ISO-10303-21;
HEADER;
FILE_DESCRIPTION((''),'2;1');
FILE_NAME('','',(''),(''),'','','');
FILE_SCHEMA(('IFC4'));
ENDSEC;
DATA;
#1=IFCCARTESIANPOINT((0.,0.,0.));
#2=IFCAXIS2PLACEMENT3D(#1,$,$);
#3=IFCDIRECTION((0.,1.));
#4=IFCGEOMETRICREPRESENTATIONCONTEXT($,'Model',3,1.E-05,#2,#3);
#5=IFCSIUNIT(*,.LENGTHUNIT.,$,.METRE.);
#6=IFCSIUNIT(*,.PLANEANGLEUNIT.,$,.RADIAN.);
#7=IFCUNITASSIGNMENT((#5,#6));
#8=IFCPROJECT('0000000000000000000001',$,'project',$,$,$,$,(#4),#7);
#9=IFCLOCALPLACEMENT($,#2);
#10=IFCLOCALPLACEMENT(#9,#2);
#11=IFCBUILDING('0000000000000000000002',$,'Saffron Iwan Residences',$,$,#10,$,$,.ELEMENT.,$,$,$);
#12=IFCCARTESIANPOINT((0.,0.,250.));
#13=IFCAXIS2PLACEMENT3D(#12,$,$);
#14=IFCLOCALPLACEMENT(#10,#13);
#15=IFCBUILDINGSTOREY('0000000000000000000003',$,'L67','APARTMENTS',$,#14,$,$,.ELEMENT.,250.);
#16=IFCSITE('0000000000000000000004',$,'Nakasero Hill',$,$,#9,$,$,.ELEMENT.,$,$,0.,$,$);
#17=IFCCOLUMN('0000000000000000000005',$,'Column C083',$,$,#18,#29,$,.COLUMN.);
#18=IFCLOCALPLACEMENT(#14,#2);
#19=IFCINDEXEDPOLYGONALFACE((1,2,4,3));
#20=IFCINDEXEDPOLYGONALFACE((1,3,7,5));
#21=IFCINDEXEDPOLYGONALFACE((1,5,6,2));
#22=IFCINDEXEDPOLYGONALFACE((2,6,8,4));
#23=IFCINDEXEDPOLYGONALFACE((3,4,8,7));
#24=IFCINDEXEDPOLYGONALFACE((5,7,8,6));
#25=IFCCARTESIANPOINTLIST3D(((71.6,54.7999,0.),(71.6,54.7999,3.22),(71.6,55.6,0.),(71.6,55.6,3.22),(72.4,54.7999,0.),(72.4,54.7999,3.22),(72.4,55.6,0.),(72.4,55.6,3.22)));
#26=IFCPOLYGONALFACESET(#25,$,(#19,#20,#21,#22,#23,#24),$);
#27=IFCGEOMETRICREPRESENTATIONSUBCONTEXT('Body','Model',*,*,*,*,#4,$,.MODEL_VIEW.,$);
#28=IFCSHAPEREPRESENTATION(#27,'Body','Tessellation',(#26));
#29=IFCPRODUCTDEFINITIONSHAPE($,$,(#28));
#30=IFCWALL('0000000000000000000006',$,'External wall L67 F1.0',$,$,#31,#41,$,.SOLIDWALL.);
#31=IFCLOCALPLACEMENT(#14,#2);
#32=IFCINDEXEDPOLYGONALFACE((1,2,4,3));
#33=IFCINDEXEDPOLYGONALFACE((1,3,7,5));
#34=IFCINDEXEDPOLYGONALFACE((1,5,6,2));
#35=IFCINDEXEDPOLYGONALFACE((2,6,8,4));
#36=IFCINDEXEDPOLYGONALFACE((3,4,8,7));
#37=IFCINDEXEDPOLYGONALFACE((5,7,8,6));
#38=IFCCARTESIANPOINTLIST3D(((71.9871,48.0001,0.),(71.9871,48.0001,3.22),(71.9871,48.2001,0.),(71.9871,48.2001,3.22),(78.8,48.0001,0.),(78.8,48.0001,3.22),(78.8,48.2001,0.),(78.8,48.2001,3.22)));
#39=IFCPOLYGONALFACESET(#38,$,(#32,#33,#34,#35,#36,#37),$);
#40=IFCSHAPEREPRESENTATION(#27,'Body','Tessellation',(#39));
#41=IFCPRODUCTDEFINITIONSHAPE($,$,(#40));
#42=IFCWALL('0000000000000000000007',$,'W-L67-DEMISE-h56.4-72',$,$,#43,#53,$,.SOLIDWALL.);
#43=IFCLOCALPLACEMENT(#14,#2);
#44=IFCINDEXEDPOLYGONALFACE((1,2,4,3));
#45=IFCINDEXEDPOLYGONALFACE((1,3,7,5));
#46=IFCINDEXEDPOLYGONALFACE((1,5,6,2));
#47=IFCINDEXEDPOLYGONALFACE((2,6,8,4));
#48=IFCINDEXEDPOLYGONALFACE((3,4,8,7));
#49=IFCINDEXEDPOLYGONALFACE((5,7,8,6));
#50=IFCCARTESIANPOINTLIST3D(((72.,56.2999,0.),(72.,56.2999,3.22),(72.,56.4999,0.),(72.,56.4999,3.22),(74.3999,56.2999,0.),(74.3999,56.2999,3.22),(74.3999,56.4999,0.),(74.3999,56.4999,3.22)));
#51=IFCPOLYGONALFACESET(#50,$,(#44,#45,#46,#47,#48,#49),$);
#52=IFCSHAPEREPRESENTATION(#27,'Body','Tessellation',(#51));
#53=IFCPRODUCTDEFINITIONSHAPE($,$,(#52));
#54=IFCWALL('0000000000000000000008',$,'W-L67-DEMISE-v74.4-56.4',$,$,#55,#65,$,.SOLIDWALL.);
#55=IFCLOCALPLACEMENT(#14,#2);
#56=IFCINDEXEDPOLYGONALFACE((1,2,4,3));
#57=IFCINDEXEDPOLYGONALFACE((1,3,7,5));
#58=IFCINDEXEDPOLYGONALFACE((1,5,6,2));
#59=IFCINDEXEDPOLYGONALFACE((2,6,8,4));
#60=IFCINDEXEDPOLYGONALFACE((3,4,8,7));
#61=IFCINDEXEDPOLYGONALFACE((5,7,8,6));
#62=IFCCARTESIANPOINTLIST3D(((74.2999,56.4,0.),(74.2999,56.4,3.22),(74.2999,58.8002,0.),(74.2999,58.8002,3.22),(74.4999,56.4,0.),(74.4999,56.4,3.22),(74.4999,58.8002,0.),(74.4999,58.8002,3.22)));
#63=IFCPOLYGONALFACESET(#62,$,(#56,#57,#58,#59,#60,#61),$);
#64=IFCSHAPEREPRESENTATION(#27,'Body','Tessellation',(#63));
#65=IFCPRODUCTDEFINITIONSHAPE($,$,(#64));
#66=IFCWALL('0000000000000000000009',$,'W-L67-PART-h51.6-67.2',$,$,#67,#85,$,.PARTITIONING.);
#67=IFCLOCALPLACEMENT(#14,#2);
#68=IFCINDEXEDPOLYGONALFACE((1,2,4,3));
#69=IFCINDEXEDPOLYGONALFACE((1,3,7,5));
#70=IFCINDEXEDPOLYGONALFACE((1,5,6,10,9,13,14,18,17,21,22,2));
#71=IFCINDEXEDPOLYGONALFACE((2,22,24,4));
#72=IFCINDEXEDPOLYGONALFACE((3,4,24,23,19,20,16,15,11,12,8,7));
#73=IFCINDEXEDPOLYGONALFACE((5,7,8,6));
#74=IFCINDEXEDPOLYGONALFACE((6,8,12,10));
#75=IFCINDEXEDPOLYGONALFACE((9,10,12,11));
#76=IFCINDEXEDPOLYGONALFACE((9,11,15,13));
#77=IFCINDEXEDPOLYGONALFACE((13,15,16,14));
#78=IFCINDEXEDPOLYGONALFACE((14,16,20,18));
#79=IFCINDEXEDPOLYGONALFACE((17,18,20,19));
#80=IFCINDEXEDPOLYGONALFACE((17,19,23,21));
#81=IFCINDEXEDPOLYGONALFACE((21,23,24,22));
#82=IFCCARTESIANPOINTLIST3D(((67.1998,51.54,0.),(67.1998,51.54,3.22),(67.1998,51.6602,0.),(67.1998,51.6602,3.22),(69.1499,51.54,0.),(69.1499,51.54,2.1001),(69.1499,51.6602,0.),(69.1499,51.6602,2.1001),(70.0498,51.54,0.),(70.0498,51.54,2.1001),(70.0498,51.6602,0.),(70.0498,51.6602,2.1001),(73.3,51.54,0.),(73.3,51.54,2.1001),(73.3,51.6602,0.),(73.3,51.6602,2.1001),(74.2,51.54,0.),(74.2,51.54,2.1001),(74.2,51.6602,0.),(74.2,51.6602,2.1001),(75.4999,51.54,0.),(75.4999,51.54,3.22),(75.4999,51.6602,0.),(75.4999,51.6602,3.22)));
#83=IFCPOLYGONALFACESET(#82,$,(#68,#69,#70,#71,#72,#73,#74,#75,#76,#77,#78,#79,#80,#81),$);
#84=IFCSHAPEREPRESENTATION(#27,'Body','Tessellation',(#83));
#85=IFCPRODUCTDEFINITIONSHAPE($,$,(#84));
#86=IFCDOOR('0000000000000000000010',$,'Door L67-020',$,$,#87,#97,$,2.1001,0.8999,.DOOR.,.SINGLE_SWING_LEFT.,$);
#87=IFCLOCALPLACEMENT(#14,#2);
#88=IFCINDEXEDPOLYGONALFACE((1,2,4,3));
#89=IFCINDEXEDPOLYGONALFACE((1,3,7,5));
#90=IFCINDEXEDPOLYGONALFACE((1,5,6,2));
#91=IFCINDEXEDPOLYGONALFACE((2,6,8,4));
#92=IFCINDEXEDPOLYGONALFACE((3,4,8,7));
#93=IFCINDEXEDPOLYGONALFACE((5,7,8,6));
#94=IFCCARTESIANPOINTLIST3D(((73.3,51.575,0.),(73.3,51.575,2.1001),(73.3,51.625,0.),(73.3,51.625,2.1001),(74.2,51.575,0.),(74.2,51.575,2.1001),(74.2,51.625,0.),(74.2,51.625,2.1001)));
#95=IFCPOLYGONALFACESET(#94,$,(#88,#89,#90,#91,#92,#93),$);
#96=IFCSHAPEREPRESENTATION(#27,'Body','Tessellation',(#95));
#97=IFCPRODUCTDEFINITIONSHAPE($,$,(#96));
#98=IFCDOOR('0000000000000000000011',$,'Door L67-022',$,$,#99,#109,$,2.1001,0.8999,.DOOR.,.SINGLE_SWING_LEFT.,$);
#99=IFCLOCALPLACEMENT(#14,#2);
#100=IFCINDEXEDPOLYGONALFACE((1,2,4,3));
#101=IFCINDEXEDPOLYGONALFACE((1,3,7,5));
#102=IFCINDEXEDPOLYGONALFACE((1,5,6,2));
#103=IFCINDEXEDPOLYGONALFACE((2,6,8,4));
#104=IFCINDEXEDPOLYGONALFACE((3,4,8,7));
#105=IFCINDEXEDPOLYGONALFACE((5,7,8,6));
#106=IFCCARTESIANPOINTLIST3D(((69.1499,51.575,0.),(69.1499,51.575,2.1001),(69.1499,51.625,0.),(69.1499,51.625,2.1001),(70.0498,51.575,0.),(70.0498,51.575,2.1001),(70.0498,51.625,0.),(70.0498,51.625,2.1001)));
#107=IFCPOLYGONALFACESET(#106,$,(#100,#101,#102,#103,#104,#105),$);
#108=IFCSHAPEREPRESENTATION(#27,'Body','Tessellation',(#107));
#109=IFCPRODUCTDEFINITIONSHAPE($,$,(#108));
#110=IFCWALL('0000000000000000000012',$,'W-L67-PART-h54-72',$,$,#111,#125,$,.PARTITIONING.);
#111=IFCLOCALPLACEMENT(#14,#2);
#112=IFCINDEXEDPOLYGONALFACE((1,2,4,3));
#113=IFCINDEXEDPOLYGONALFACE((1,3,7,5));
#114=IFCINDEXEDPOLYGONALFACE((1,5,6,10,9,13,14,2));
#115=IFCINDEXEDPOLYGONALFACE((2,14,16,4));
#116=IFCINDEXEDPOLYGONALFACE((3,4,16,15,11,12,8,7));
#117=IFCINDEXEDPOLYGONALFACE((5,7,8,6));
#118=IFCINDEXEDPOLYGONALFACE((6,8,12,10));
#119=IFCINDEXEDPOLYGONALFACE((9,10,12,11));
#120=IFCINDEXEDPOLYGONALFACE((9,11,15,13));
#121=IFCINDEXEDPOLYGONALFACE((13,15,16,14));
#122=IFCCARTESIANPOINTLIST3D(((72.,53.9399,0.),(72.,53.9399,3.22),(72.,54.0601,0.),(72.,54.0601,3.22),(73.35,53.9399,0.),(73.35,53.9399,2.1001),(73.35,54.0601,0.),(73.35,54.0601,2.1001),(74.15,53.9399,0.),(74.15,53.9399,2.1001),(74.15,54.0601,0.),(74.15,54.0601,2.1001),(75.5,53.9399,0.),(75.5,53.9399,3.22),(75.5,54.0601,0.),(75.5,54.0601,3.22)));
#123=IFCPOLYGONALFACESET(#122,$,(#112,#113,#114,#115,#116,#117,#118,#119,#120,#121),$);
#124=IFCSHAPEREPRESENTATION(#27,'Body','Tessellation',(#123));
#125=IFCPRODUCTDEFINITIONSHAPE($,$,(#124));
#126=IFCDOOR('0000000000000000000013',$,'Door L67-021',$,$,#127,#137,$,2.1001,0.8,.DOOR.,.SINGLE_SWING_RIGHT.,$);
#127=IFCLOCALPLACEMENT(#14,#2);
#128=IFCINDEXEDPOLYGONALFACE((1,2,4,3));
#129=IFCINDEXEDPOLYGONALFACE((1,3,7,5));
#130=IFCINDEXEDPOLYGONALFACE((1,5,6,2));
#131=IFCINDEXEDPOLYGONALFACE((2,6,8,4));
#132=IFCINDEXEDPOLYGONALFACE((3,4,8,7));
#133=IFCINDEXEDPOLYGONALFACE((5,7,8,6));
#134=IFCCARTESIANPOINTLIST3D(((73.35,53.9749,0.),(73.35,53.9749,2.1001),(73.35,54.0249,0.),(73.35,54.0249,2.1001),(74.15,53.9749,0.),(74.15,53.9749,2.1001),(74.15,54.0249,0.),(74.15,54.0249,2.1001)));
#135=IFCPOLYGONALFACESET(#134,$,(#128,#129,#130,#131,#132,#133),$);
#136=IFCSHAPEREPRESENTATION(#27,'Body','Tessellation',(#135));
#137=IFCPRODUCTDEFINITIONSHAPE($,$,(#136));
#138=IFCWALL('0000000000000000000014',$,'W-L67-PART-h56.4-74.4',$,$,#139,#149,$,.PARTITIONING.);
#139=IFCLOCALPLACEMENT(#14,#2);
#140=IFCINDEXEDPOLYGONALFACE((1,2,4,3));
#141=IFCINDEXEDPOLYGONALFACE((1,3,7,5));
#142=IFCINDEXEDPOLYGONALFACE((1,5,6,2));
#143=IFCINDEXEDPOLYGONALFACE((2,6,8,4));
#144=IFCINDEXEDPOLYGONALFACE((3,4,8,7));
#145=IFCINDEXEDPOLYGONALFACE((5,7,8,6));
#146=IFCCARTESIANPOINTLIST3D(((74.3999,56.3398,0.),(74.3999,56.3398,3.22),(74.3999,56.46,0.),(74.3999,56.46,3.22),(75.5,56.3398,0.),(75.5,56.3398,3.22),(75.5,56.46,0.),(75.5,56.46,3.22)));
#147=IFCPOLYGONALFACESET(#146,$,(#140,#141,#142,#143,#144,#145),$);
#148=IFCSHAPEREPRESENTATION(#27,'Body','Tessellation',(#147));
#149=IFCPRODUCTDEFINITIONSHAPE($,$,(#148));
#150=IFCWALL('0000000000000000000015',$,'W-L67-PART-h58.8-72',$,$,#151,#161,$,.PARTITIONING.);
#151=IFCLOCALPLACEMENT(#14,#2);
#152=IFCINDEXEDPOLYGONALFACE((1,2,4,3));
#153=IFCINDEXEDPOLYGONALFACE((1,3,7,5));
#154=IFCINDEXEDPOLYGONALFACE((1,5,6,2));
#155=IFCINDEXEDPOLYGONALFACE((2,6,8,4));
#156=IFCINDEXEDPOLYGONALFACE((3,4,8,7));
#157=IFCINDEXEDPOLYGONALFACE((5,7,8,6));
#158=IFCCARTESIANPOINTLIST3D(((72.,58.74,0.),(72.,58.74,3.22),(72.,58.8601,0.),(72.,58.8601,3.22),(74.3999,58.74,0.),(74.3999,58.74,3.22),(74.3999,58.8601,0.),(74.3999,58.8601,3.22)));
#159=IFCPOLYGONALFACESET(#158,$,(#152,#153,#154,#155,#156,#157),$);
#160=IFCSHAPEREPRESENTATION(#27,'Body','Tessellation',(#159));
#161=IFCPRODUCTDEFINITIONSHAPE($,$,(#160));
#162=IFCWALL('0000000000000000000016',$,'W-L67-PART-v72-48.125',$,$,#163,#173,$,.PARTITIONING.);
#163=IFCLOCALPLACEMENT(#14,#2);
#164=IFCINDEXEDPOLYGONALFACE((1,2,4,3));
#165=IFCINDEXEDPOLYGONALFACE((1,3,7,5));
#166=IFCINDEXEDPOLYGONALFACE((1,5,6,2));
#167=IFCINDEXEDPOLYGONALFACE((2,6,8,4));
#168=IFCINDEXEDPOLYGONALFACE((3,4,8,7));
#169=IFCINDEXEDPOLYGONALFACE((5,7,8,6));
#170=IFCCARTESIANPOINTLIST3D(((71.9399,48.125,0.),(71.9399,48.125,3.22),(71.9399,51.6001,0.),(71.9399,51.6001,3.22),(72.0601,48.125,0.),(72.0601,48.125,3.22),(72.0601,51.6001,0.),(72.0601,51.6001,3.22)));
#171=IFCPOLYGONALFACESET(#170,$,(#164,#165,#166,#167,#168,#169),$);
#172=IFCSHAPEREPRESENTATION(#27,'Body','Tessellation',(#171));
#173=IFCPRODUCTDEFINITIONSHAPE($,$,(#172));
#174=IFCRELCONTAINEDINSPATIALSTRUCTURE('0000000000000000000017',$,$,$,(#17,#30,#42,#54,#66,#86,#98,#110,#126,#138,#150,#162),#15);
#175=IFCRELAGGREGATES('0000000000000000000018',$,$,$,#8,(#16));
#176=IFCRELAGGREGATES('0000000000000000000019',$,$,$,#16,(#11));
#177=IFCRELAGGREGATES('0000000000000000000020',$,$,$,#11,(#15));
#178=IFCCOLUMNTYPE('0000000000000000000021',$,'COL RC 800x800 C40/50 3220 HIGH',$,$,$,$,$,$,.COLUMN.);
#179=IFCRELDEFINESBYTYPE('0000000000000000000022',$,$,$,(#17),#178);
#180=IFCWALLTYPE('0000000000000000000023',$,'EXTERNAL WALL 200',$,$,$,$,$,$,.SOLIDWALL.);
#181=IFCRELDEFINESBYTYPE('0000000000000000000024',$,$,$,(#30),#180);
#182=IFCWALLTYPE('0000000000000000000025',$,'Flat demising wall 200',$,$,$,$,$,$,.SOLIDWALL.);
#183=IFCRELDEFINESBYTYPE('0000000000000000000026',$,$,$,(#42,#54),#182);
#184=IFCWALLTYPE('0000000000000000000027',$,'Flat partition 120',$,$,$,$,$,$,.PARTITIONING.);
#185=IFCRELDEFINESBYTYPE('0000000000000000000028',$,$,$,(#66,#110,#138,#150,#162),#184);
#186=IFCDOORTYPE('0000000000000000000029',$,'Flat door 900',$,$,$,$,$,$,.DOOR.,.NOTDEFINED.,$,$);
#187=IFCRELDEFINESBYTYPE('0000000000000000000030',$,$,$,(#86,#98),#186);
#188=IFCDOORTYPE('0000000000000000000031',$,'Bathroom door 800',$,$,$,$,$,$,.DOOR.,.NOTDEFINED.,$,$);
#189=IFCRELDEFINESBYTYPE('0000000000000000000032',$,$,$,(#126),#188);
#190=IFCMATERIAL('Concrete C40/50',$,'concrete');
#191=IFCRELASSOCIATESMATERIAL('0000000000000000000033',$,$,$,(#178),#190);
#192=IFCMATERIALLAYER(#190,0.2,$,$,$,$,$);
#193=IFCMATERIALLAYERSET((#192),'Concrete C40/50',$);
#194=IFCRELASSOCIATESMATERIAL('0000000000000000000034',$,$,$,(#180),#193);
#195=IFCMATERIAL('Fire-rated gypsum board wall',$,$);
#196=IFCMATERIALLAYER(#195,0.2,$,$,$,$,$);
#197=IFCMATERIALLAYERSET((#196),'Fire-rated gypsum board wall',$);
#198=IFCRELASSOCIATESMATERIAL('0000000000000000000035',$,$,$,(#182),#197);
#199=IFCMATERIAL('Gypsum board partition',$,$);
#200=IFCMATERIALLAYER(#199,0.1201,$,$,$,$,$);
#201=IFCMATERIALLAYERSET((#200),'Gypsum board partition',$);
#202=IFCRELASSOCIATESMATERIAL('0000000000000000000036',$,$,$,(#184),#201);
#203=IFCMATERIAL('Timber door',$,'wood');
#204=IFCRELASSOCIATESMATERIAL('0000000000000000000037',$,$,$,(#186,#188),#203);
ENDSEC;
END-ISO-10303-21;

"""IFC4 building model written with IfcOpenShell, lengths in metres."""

from ifc_helpers import new_model, si_unit, direction, frame, frame_2d, origin, origin_2d, place, context, subcontext, project, spatial, rectangle, extrude, source, transform, mapped, material, layer, layer_set, material_profile, profile_set, type_object, element, fill, save


model = new_model("IFC4")

# Units and contexts
model_context = context("Model", 3, precision=1e-05, world=origin(), true_north=direction((0.0, 1.0)))
body_context = subcontext(model_context, "Body", "Model", "MODEL_VIEW")
ifc_project = project(units=[si_unit("LENGTHUNIT", "METRE"), si_unit("PLANEANGLEUNIT", "RADIAN")], contexts=[model_context])

# Site, building, storey
site_placement = place(None, origin())
site = spatial("IfcSite", under=ifc_project, at=site_placement, Name="Nakasero Hill", CompositionType="ELEMENT", RefElevation=0.0)
building_placement = place(site_placement, origin())
building = spatial("IfcBuilding", under=site, at=building_placement, Name="Saffron Iwan Residences", CompositionType="ELEMENT")
storey_placement = place(building_placement, frame((0.0, 0.0, 250.0)))
storey = spatial("IfcBuildingStorey", under=building, at=storey_placement, Name="L67", Description="APARTMENTS", CompositionType="ELEMENT", Elevation=250.0)

# Column
ifc_material_1 = material(Name="Concrete C40/50", Category="concrete")
ifc_material_profile = material_profile(ifc_material_1, rectangle(XDim=0.8, YDim=0.8, at=origin_2d()), Name="RC 800x800")
ifc_profile_set = profile_set([ifc_material_profile], Name="Concrete C40/50")
column_type = type_object("IfcColumnType", Name="COL RC 800x800 C40/50 3220 HIGH", PredefinedType="COLUMN", material=ifc_profile_set)
shared_shape = source(origin(), body_context, "Body", "SweptSolid", [
    extrude(rectangle(XDim=0.8, YDim=0.8, at=origin_2d()), origin(), (0.0, 0.0, 1.0), 3.22),
])
column_placement = place(storey_placement, frame((72.0, 55.2, 0.0), z_axis=(0.0, 0.0, 1.0), x_axis=(1.0, 0.0, 0.0)))
element("IfcColumn", 1, at=column_placement, inside=storey, type_object=column_type, Name="Column C083", PredefinedType="COLUMN", context=body_context, shape_type="MappedRepresentation", body=[
    mapped(shared_shape, transform((0.0, 0.0, 0.0))),
])

# Walls
ifc_layer_1 = layer(ifc_material_1, 0.2)
ifc_layer_set_1 = layer_set([ifc_layer_1], Name="Concrete C40/50")
wall_type_1 = type_object("IfcWallType", Name="EXTERNAL WALL 200", PredefinedType="SOLIDWALL", material=ifc_layer_set_1)
wall_1_placement = place(storey_placement, frame((71.9871, 48.1001, 0.0), z_axis=(0.0, 0.0, 1.0), x_axis=(1.0, 0.0, 0.0)))
element("IfcWall", 2, at=wall_1_placement, inside=storey, type_object=wall_type_1, Name="External wall L67 F1.0", PredefinedType="SOLIDWALL", context=body_context, shape_type="SweptSolid", body=[
    extrude(rectangle(XDim=6.813, YDim=0.2, at=frame_2d((3.4065, 0.0))), origin(), (0.0, 0.0, 1.0), 3.22),
])
ifc_material_2 = material(Name="Fire-rated gypsum board wall")
ifc_layer_2 = layer(ifc_material_2, 0.2)
ifc_layer_set_2 = layer_set([ifc_layer_2], Name="Fire-rated gypsum board wall")
wall_type_2 = type_object("IfcWallType", Name="Flat demising wall 200", PredefinedType="SOLIDWALL", material=ifc_layer_set_2)
wall_2_placement = place(storey_placement, frame((72.0, 56.3999, 0.0), z_axis=(0.0, 0.0, 1.0), x_axis=(1.0, 0.0, 0.0)))
element("IfcWall", 3, at=wall_2_placement, inside=storey, type_object=wall_type_2, Name="W-L67-DEMISE-h56.4-72", PredefinedType="SOLIDWALL", context=body_context, shape_type="SweptSolid", body=[
    extrude(rectangle(XDim=2.3999, YDim=0.2, at=frame_2d((1.2, 0.0))), origin(), (0.0, 0.0, 1.0), 3.22),
])
wall_3_placement = place(storey_placement, frame((74.3999, 56.3999, 0.0), z_axis=(0.0, 0.0, 1.0), x_axis=(0.0, 1.0, 0.0)))
element("IfcWall", 4, at=wall_3_placement, inside=storey, type_object=wall_type_2, Name="W-L67-DEMISE-v74.4-56.4", PredefinedType="SOLIDWALL", context=body_context, shape_type="SweptSolid", body=[
    extrude(rectangle(XDim=2.4001, YDim=0.2, at=frame_2d((1.2002, 0.0))), origin(), (0.0, 0.0, 1.0), 3.22),
])

# Wall, openings, doors
ifc_material_3 = material(Name="Gypsum board partition")
ifc_layer_3 = layer(ifc_material_3, 0.1201)
ifc_layer_set_3 = layer_set([ifc_layer_3], Name="Gypsum board partition")
wall_type_3 = type_object("IfcWallType", Name="Flat partition 120", PredefinedType="PARTITIONING", material=ifc_layer_set_3)
wall_4_placement = place(storey_placement, frame((67.2, 51.6001, 0.0), z_axis=(0.0, 0.0, 1.0), x_axis=(1.0, 0.0, 0.0)))
wall_4 = element("IfcWall", 5, at=wall_4_placement, inside=storey, type_object=wall_type_3, Name="W-L67-PART-h51.6-67.2", PredefinedType="PARTITIONING", context=body_context, shape_type="SweptSolid", body=[
    extrude(rectangle(XDim=8.3, YDim=0.1201, at=frame_2d((4.1499, 0.0))), origin(), (0.0, 0.0, 1.0), 3.22),
])
opening_1_placement = place(wall_4_placement, frame((6.1001, 0.0, 0.0)))
opening_1 = element("IfcOpeningElement", 6, at=opening_1_placement, cuts=wall_4, PredefinedType="OPENING", context=body_context, shape_type="SweptSolid", body=[
    extrude(rectangle(XDim=0.8999, YDim=2.1001, at=frame_2d((0.45, 1.05))), frame((0.0, 0.0701, 0.0), z_axis=(0.0, -1.0, 0.0), x_axis=(1.0, 0.0, 0.0)), (0.0, 0.0, 1.0), 0.1401),
])
opening_2_placement = place(wall_4_placement, frame((1.95, 0.0, 0.0)))
opening_2 = element("IfcOpeningElement", 7, at=opening_2_placement, cuts=wall_4, PredefinedType="OPENING", context=body_context, shape_type="SweptSolid", body=[
    extrude(rectangle(XDim=0.8999, YDim=2.1001, at=frame_2d((0.45, 1.05))), frame((0.0, 0.0701, 0.0), z_axis=(0.0, -1.0, 0.0), x_axis=(1.0, 0.0, 0.0)), (0.0, 0.0, 1.0), 0.1401),
])
ifc_material_4 = material(Name="Timber door", Category="wood")
door_type_1 = type_object("IfcDoorType", Name="Flat door 900", OperationType="NOTDEFINED", PredefinedType="DOOR", material=ifc_material_4)
door_1_placement = place(opening_1_placement, origin())
door_1 = element("IfcDoor", 8, at=door_1_placement, inside=storey, type_object=door_type_1, Name="Door L67-020", OperationType="SINGLE_SWING_LEFT", OverallHeight=2.1001, OverallWidth=0.8999, PredefinedType="DOOR", context=body_context, shape_type="SweptSolid", body=[
    extrude(rectangle(XDim=0.8999, YDim=2.1001, at=frame_2d((0.45, 1.05))), frame((0.0, 0.0249, 0.0), z_axis=(0.0, -1.0, 0.0), x_axis=(1.0, 0.0, 0.0)), (0.0, 0.0, 1.0), 0.05),
])
fill(opening_1, door_1)
door_2_placement = place(opening_2_placement, origin())
door_2 = element("IfcDoor", 9, at=door_2_placement, inside=storey, type_object=door_type_1, Name="Door L67-022", OperationType="SINGLE_SWING_LEFT", OverallHeight=2.1001, OverallWidth=0.8999, PredefinedType="DOOR", context=body_context, shape_type="SweptSolid", body=[
    extrude(rectangle(XDim=0.8999, YDim=2.1001, at=frame_2d((0.45, 1.05))), frame((0.0, 0.0249, 0.0), z_axis=(0.0, -1.0, 0.0), x_axis=(1.0, 0.0, 0.0)), (0.0, 0.0, 1.0), 0.05),
])
fill(opening_2, door_2)

# Wall, opening, door
wall_5_placement = place(storey_placement, frame((72.0, 54.0, 0.0), z_axis=(0.0, 0.0, 1.0), x_axis=(1.0, 0.0, 0.0)))
wall_5 = element("IfcWall", 10, at=wall_5_placement, inside=storey, type_object=wall_type_3, Name="W-L67-PART-h54-72", PredefinedType="PARTITIONING", context=body_context, shape_type="SweptSolid", body=[
    extrude(rectangle(XDim=3.5, YDim=0.1201, at=frame_2d((1.75, 0.0))), origin(), (0.0, 0.0, 1.0), 3.22),
])
opening_3_placement = place(wall_5_placement, frame((1.3501, 0.0, 0.0)))
opening_3 = element("IfcOpeningElement", 11, at=opening_3_placement, cuts=wall_5, PredefinedType="OPENING", context=body_context, shape_type="SweptSolid", body=[
    extrude(rectangle(XDim=0.8, YDim=2.1001, at=frame_2d((0.3999, 1.05))), frame((0.0, 0.0701, 0.0), z_axis=(0.0, -1.0, 0.0), x_axis=(1.0, 0.0, 0.0)), (0.0, 0.0, 1.0), 0.1401),
])
door_type_2 = type_object("IfcDoorType", Name="Bathroom door 800", OperationType="NOTDEFINED", PredefinedType="DOOR", material=ifc_material_4)
door_3_placement = place(opening_3_placement, origin())
door_3 = element("IfcDoor", 12, at=door_3_placement, inside=storey, type_object=door_type_2, Name="Door L67-021", OperationType="SINGLE_SWING_RIGHT", OverallHeight=2.1001, OverallWidth=0.8, PredefinedType="DOOR", context=body_context, shape_type="SweptSolid", body=[
    extrude(rectangle(XDim=0.8, YDim=2.1001, at=frame_2d((0.3999, 1.05))), frame((0.0, 0.0249, 0.0), z_axis=(0.0, -1.0, 0.0), x_axis=(1.0, 0.0, 0.0)), (0.0, 0.0, 1.0), 0.05),
])
fill(opening_3, door_3)

# Walls
wall_6_placement = place(storey_placement, frame((74.3999, 56.3999, 0.0), z_axis=(0.0, 0.0, 1.0), x_axis=(1.0, 0.0, 0.0)))
element("IfcWall", 13, at=wall_6_placement, inside=storey, type_object=wall_type_3, Name="W-L67-PART-h56.4-74.4", PredefinedType="PARTITIONING", context=body_context, shape_type="SweptSolid", body=[
    extrude(rectangle(XDim=1.1001, YDim=0.1201, at=frame_2d((0.55, 0.0))), origin(), (0.0, 0.0, 1.0), 3.22),
])
wall_7_placement = place(storey_placement, frame((72.0, 58.8, 0.0), z_axis=(0.0, 0.0, 1.0), x_axis=(1.0, 0.0, 0.0)))
element("IfcWall", 14, at=wall_7_placement, inside=storey, type_object=wall_type_3, Name="W-L67-PART-h58.8-72", PredefinedType="PARTITIONING", context=body_context, shape_type="SweptSolid", body=[
    extrude(rectangle(XDim=2.3999, YDim=0.1201, at=frame_2d((1.2, 0.0))), origin(), (0.0, 0.0, 1.0), 3.22),
])
wall_8_placement = place(storey_placement, frame((72.0, 48.125, 0.0), z_axis=(0.0, 0.0, 1.0), x_axis=(0.0, 1.0, 0.0)))
element("IfcWall", 15, at=wall_8_placement, inside=storey, type_object=wall_type_3, Name="W-L67-PART-v72-48.125", PredefinedType="PARTITIONING", context=body_context, shape_type="SweptSolid", body=[
    extrude(rectangle(XDim=3.4751, YDim=0.1201, at=frame_2d((1.7375, 0.0))), origin(), (0.0, 0.0, 1.0), 3.22),
])

save(model, "model.ifc")
